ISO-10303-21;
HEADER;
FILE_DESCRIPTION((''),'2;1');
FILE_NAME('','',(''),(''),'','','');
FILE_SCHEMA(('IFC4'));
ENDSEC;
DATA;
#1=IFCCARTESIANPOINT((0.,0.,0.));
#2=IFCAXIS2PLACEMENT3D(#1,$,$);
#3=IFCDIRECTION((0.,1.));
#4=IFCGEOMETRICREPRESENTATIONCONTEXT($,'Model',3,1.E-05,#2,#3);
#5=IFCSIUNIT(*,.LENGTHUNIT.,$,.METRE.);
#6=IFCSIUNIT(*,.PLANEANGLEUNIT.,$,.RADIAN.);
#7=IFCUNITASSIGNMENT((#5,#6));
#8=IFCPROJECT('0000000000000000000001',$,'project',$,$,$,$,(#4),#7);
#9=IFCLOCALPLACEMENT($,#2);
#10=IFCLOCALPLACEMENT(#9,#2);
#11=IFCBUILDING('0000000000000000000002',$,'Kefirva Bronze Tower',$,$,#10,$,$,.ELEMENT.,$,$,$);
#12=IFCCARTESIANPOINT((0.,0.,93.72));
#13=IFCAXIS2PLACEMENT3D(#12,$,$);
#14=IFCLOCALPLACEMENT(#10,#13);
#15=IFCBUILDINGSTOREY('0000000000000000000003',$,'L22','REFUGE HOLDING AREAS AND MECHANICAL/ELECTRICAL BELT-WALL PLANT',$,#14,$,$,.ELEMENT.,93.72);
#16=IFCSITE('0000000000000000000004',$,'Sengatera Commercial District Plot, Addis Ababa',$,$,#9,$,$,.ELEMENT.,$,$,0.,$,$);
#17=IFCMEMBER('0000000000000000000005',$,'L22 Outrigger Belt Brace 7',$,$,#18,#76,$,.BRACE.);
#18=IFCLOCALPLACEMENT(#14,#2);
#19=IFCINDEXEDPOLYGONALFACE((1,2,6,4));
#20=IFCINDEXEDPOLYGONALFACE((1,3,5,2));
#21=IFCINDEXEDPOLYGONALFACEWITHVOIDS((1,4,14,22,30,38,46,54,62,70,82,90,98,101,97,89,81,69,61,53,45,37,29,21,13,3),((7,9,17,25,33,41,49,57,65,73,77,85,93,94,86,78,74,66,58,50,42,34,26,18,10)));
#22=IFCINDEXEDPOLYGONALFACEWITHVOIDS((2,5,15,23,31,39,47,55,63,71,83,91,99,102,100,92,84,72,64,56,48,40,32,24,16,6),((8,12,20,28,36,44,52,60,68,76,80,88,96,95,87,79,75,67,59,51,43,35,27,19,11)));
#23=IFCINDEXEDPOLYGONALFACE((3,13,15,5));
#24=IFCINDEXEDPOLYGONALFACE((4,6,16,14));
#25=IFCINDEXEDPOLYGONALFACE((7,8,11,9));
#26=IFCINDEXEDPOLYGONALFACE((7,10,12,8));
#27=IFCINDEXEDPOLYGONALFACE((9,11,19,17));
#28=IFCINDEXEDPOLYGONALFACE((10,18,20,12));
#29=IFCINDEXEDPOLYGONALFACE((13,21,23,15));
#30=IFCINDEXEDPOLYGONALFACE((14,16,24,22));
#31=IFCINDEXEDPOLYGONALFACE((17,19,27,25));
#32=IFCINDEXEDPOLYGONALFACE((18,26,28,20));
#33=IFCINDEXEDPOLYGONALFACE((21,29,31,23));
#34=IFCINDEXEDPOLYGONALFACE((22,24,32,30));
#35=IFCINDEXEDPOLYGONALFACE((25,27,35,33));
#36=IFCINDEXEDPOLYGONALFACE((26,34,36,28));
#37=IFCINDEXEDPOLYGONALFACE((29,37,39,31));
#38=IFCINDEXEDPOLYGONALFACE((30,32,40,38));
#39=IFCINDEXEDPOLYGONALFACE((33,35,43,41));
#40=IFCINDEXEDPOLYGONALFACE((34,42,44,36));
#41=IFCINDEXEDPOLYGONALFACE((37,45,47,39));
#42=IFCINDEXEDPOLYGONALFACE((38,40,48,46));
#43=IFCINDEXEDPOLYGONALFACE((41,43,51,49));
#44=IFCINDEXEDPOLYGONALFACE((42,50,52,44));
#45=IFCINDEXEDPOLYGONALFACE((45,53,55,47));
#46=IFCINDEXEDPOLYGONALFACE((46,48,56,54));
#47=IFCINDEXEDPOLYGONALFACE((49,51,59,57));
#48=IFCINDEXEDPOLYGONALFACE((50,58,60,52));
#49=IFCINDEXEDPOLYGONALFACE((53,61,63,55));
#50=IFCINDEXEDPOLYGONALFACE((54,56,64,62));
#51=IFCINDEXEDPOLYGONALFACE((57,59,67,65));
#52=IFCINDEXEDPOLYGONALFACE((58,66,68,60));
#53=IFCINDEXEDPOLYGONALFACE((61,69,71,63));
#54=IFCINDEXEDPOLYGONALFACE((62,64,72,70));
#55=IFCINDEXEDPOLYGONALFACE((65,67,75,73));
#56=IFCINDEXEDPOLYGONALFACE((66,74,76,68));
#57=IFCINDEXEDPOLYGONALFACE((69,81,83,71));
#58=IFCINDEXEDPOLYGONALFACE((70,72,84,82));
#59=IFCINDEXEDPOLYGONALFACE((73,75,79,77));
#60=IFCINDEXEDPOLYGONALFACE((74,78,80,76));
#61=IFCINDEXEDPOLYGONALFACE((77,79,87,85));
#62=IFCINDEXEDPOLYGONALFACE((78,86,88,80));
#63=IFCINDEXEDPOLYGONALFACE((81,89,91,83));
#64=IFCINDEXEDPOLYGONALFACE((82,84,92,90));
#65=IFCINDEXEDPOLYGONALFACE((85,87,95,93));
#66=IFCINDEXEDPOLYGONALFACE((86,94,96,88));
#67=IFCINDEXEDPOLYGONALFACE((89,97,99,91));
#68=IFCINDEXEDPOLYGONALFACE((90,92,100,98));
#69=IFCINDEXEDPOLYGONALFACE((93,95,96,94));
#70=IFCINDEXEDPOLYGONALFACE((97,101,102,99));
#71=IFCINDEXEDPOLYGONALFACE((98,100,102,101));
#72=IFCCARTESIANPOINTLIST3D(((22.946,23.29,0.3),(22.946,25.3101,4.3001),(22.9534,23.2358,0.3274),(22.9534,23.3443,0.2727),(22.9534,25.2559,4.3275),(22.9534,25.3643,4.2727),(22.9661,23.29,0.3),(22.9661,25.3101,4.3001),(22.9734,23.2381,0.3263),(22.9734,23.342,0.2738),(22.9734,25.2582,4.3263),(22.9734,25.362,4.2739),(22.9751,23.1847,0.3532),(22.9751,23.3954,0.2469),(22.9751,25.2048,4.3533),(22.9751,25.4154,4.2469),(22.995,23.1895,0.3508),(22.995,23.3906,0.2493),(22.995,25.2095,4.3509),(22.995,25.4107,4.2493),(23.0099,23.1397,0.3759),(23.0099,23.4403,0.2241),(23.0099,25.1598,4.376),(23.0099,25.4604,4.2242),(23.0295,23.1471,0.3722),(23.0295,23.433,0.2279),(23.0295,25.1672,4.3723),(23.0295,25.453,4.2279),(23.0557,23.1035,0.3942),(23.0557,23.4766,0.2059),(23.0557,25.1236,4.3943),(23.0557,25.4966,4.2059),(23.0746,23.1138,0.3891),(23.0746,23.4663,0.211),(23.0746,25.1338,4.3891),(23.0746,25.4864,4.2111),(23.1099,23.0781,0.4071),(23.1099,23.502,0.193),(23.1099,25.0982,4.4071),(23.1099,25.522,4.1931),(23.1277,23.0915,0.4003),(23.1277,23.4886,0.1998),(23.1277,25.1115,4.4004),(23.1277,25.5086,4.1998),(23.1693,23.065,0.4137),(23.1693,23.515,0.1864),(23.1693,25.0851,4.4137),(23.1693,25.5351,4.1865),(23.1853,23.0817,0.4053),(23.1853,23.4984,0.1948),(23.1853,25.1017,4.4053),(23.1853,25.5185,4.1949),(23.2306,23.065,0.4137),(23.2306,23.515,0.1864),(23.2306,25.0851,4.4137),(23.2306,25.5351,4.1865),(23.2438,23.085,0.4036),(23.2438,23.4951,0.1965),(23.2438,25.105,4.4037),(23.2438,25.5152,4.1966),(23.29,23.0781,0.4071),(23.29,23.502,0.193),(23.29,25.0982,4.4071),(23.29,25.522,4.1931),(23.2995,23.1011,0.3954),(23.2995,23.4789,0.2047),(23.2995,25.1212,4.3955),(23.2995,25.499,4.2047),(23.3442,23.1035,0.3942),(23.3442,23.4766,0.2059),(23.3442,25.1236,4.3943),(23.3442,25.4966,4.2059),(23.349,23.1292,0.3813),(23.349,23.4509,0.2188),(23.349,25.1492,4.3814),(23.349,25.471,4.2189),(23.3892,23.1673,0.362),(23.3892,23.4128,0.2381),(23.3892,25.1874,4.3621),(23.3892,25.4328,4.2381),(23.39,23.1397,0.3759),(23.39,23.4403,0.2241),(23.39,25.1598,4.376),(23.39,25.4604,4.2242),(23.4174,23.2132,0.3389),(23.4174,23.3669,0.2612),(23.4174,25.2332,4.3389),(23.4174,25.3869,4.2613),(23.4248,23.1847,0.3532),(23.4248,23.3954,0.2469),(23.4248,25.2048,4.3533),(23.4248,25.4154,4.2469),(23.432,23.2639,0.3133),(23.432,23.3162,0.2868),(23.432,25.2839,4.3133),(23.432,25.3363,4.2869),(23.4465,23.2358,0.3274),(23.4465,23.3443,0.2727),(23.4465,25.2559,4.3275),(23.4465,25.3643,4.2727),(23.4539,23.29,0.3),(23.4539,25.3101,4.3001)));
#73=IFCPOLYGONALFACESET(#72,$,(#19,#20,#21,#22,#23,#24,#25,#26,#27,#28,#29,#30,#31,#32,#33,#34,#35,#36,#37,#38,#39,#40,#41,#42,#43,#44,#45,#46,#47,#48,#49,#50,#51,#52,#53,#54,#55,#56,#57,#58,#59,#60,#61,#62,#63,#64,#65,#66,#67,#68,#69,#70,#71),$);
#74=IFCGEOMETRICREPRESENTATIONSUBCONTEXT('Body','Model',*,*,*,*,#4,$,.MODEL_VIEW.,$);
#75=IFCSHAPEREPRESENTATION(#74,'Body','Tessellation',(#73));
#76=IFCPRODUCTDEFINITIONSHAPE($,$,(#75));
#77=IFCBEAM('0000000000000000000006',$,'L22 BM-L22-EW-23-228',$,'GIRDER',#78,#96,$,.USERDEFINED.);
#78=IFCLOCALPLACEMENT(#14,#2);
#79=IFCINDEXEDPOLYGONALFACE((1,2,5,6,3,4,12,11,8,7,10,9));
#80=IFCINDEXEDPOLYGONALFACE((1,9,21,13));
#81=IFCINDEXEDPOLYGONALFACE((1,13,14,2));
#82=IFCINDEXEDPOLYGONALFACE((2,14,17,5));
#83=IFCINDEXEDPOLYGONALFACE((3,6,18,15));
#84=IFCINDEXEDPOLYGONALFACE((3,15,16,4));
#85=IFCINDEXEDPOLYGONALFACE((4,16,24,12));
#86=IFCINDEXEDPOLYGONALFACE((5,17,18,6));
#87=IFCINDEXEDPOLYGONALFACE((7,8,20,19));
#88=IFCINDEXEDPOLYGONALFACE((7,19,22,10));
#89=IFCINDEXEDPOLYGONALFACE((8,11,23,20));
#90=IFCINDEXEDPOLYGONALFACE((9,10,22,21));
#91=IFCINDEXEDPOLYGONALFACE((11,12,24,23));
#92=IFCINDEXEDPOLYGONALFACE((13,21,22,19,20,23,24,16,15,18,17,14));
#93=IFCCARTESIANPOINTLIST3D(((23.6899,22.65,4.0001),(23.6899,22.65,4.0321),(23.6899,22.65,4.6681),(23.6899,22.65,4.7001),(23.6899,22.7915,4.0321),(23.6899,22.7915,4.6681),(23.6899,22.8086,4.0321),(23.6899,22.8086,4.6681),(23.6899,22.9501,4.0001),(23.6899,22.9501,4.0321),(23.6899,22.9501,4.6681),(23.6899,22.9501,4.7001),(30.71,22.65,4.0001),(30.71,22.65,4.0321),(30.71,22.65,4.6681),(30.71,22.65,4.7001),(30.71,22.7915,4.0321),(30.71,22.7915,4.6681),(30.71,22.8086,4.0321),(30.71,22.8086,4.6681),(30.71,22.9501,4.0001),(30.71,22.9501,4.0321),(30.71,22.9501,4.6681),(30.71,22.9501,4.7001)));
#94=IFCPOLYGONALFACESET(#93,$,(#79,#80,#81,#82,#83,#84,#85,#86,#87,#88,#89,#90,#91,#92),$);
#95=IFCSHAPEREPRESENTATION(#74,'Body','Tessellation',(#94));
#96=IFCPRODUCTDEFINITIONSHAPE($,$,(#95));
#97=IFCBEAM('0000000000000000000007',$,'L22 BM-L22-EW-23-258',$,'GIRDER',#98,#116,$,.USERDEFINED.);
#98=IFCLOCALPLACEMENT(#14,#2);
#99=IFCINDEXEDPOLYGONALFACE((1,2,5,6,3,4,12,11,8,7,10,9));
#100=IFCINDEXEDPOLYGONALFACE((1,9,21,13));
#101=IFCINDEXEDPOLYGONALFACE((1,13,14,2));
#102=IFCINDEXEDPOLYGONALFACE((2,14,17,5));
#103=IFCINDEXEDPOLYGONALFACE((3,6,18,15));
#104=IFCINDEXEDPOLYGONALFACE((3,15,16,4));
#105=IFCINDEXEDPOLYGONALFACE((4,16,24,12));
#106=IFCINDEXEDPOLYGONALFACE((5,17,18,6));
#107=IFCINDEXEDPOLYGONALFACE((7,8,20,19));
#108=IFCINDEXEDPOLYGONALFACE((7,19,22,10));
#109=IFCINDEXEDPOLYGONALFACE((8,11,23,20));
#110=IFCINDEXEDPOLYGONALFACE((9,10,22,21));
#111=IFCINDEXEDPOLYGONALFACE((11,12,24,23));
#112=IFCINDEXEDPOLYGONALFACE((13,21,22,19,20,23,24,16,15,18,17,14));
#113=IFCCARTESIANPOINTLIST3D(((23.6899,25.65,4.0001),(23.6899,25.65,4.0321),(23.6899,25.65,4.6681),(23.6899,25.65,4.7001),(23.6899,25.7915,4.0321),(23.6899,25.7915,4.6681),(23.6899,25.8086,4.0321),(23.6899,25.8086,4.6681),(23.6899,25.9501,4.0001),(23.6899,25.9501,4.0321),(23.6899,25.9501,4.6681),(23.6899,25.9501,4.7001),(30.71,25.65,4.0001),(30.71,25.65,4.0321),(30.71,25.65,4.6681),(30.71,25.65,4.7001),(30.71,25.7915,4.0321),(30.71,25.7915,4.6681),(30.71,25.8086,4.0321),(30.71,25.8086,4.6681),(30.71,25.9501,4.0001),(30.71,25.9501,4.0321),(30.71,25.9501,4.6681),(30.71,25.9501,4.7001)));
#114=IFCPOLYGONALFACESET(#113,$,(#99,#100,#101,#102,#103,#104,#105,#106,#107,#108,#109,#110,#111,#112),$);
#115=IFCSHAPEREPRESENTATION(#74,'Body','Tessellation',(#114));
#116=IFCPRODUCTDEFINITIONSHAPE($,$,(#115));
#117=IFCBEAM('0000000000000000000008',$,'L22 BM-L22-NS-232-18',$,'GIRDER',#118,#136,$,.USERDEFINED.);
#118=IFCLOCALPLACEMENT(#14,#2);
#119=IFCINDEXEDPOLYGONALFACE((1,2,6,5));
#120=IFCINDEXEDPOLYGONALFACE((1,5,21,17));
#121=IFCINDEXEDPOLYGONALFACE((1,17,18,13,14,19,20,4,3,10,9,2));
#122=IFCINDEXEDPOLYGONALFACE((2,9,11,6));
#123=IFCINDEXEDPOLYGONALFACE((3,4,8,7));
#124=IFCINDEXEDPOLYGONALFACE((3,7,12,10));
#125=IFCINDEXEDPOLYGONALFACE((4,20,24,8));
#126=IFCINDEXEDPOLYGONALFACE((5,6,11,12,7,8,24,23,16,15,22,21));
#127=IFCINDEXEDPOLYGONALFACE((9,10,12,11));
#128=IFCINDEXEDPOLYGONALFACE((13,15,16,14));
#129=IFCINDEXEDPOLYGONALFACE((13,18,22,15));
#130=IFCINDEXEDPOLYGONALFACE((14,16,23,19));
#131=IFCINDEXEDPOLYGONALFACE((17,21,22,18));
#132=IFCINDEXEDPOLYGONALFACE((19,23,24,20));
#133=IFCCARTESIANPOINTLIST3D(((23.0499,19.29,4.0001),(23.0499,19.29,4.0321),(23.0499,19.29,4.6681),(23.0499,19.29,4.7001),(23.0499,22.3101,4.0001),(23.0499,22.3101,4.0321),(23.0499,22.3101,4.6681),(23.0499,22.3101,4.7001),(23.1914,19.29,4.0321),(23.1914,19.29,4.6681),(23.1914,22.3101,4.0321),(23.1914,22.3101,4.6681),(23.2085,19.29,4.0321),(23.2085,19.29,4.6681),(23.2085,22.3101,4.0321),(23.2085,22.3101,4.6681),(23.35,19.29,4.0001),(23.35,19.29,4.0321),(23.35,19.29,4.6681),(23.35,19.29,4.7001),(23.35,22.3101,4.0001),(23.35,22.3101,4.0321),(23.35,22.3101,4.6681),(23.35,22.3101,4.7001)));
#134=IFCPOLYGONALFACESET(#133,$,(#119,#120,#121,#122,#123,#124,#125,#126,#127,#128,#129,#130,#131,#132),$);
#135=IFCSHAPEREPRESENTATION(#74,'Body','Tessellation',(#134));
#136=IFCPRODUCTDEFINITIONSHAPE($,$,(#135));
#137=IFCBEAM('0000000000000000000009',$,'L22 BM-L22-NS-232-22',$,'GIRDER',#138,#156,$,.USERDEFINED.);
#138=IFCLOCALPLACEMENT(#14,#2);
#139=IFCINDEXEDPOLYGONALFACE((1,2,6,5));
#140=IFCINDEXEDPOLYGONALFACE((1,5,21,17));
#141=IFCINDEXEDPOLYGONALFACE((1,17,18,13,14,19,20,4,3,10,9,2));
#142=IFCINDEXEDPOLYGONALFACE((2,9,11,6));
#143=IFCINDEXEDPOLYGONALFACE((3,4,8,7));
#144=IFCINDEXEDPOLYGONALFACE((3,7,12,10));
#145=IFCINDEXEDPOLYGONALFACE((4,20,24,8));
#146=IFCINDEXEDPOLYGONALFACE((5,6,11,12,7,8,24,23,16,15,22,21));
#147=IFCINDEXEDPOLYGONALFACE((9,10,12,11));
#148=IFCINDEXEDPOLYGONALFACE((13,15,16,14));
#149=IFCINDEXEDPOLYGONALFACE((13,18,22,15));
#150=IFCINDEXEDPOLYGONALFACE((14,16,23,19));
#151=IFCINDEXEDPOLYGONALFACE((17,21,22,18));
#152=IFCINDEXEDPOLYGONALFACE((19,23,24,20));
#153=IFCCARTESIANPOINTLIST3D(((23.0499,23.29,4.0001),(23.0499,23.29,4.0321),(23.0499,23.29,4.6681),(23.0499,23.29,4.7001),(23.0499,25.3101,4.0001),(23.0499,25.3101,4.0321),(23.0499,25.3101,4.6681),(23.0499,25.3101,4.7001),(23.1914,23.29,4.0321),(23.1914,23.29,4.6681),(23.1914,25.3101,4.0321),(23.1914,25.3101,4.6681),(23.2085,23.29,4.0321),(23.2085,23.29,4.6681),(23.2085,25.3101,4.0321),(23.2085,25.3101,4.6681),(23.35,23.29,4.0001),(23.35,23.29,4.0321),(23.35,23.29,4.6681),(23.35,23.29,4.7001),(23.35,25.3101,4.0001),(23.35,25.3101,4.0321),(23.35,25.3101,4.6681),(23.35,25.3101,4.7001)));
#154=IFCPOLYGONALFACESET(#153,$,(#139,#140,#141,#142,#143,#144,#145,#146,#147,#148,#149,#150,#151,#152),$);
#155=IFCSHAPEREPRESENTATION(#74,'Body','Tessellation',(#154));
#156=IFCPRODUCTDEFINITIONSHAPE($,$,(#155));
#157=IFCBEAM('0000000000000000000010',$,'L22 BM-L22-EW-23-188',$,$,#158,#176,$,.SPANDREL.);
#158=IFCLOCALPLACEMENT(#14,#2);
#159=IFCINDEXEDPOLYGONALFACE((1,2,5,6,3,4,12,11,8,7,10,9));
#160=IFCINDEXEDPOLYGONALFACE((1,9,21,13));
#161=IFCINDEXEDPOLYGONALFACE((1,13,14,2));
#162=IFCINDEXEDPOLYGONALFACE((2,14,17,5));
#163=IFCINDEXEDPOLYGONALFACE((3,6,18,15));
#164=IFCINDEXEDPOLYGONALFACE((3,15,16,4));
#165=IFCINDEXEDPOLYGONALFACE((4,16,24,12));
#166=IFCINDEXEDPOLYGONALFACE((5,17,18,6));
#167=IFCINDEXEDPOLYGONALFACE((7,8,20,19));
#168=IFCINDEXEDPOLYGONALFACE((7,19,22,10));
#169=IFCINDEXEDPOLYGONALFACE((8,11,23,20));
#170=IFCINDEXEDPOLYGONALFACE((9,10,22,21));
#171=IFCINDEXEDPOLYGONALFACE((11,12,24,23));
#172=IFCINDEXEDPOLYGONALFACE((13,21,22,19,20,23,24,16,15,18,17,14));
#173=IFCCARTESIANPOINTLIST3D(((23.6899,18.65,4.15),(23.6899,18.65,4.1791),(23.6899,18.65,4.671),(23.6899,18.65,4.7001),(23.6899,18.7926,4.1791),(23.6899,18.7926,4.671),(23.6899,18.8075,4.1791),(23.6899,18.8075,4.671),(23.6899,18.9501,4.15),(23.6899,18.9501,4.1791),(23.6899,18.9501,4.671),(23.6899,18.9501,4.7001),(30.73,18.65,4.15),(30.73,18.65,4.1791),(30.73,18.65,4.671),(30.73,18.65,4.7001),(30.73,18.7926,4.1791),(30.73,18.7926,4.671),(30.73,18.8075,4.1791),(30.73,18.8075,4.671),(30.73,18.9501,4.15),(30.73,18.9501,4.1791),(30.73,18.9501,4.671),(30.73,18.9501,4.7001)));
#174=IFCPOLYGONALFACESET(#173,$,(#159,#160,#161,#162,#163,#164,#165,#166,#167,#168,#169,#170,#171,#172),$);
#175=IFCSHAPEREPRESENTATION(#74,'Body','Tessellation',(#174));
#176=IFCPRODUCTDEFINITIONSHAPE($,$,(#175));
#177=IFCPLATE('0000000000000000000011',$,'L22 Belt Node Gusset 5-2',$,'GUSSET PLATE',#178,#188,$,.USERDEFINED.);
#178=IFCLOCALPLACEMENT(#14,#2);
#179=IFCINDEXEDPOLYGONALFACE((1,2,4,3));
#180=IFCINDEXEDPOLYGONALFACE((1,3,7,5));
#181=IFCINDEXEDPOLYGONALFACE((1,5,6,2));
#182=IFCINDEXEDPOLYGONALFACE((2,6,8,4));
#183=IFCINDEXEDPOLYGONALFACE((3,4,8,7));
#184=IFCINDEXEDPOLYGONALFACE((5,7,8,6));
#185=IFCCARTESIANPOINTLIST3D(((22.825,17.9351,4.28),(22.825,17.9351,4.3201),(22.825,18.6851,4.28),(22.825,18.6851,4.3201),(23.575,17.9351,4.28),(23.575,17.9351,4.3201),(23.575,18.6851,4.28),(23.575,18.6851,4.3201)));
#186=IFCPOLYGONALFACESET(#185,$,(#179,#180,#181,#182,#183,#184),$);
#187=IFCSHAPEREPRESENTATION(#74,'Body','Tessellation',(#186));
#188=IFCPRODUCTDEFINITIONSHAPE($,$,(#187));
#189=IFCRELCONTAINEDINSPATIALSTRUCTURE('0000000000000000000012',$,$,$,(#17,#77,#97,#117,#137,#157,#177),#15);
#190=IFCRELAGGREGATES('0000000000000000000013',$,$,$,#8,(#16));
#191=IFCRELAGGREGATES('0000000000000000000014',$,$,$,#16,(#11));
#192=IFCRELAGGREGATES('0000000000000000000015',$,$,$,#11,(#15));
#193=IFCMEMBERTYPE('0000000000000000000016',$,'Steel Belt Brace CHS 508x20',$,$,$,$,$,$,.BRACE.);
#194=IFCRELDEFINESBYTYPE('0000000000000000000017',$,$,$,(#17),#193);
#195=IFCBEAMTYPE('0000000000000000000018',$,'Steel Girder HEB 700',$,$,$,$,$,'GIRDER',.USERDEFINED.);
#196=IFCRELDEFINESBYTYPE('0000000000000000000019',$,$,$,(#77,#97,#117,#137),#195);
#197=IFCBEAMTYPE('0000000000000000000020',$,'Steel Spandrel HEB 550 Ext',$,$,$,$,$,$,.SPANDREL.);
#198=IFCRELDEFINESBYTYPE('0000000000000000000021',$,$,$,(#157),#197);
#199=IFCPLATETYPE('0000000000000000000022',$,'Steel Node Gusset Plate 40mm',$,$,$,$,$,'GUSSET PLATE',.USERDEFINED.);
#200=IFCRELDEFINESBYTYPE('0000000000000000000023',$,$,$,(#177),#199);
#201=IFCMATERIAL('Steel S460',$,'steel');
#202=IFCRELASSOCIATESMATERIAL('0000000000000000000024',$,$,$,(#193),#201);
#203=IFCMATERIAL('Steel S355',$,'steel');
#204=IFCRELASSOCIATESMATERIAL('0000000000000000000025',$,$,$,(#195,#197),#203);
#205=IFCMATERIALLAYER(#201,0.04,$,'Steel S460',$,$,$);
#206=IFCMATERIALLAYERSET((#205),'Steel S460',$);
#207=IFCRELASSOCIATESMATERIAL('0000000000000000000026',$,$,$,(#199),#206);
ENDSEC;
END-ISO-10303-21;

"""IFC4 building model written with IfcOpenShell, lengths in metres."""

from ifc_helpers import new_model, si_unit, direction, frame, origin, origin_2d, place, context, subcontext, project, spatial, rectangle, hollow_circle, i_section, extrude, material, layer, layer_set, material_profile, profile_set, type_object, element, save


model = new_model("IFC4")

# Units and contexts
model_context = context("Model", 3, precision=1e-05, world=origin(), true_north=direction((0.0, 1.0)))
body_context = subcontext(model_context, "Body", "Model", "MODEL_VIEW")
ifc_project = project(units=[si_unit("LENGTHUNIT", "METRE"), si_unit("PLANEANGLEUNIT", "RADIAN")], contexts=[model_context])

# Site, building, storey
site_placement = place(None, origin())
site = spatial("IfcSite", under=ifc_project, at=site_placement, Name="Sengatera Commercial District Plot, Addis Ababa", CompositionType="ELEMENT", RefElevation=0.0)
building_placement = place(site_placement, origin())
building = spatial("IfcBuilding", under=site, at=building_placement, Name="Kefirva Bronze Tower", CompositionType="ELEMENT")
storey_placement = place(building_placement, frame((0.0, 0.0, 93.72)))
storey = spatial("IfcBuildingStorey", under=building, at=storey_placement, Name="L22", Description="REFUGE HOLDING AREAS AND MECHANICAL/ELECTRICAL BELT-WALL PLANT", CompositionType="ELEMENT", Elevation=93.72)

# Member
ifc_material_1 = material(Name="Steel S460", Category="steel")
ifc_material_profile_1 = material_profile(ifc_material_1, hollow_circle(Radius=0.2539, WallThickness=0.02, at=origin_2d()), Name="CHS 508x20")
ifc_profile_set_1 = profile_set([ifc_material_profile_1], Name="Steel S460")
member_type_1 = type_object("IfcMemberType", Name="Steel Belt Brace CHS 508x20", PredefinedType="BRACE", material=ifc_profile_set_1)
member_1_placement = place(storey_placement, frame((23.2, 23.29, 0.3), z_axis=(0.0, 0.450784, 0.892633), x_axis=(-1.0, 0.0, 0.0)))
element("IfcMember", 1, at=member_1_placement, inside=storey, type_object=member_type_1, Name="L22 Outrigger Belt Brace 7", PredefinedType="BRACE", context=body_context, shape_type="SweptSolid", body=[
    extrude(hollow_circle(Radius=0.2539, WallThickness=0.02, at=origin_2d()), origin(), (0.0, 0.0, 1.0), 4.4812),
])

# Beams
ifc_material_2 = material(Name="Steel S355", Category="steel")
ifc_material_profile_2 = material_profile(ifc_material_2, i_section(OverallWidth=0.3, OverallDepth=0.7, WebThickness=0.0171, FlangeThickness=0.032, at=origin_2d()), Name="HEB 700")
ifc_profile_set_2 = profile_set([ifc_material_profile_2], Name="Steel S355")
beam_type_1 = type_object("IfcBeamType", Name="Steel Girder HEB 700", ElementType="GIRDER", PredefinedType="USERDEFINED", material=ifc_profile_set_2)
for number, where, z_axis, x_axis, name in (
    (2, (23.6899, 22.8, 4.3501), (1.0, 0.0, 0.0), (0.0, 1.0, 0.0), "L22 BM-L22-EW-23-228"),
    (3, (23.6899, 25.8, 4.3501), (1.0, 0.0, 0.0), (0.0, 1.0, 0.0), "L22 BM-L22-EW-23-258"),
):
    element("IfcBeam", number, at=place(storey_placement, frame(where, z_axis=z_axis, x_axis=x_axis)), inside=storey, type_object=beam_type_1, Name=name, ObjectType="GIRDER", PredefinedType="USERDEFINED", context=body_context, shape_type="SweptSolid", body=[
        extrude(i_section(OverallWidth=0.3, OverallDepth=0.7, WebThickness=0.0171, FlangeThickness=0.032, at=origin_2d()), origin(), (0.0, 0.0, 1.0), 7.02),
    ])
beam_1_placement = place(storey_placement, frame((23.2, 19.29, 4.3501), z_axis=(0.0, 1.0, 0.0), x_axis=(-1.0, 0.0, 0.0)))
element("IfcBeam", 4, at=beam_1_placement, inside=storey, type_object=beam_type_1, Name="L22 BM-L22-NS-232-18", ObjectType="GIRDER", PredefinedType="USERDEFINED", context=body_context, shape_type="SweptSolid", body=[
    extrude(i_section(OverallWidth=0.3, OverallDepth=0.7, WebThickness=0.0171, FlangeThickness=0.032, at=origin_2d()), origin(), (0.0, 0.0, 1.0), 3.02),
])
beam_2_placement = place(storey_placement, frame((23.2, 23.29, 4.3501), z_axis=(0.0, 1.0, 0.0), x_axis=(-1.0, 0.0, 0.0)))
element("IfcBeam", 5, at=beam_2_placement, inside=storey, type_object=beam_type_1, Name="L22 BM-L22-NS-232-22", ObjectType="GIRDER", PredefinedType="USERDEFINED", context=body_context, shape_type="SweptSolid", body=[
    extrude(i_section(OverallWidth=0.3, OverallDepth=0.7, WebThickness=0.0171, FlangeThickness=0.032, at=origin_2d()), origin(), (0.0, 0.0, 1.0), 2.02),
])
ifc_material_profile_3 = material_profile(ifc_material_2, i_section(OverallWidth=0.3, OverallDepth=0.55, WebThickness=0.0149, FlangeThickness=0.0291, at=origin_2d()), Name="HEB 550")
ifc_profile_set_3 = profile_set([ifc_material_profile_3], Name="Steel S355")
beam_type_2 = type_object("IfcBeamType", Name="Steel Spandrel HEB 550 Ext", PredefinedType="SPANDREL", material=ifc_profile_set_3)
beam_3_placement = place(storey_placement, frame((23.6899, 18.8, 4.425), z_axis=(1.0, 0.0, 0.0), x_axis=(0.0, 1.0, 0.0)))
element("IfcBeam", 6, at=beam_3_placement, inside=storey, type_object=beam_type_2, Name="L22 BM-L22-EW-23-188", PredefinedType="SPANDREL", context=body_context, shape_type="SweptSolid", body=[
    extrude(i_section(OverallWidth=0.3, OverallDepth=0.55, WebThickness=0.0149, FlangeThickness=0.0291, at=origin_2d()), origin(), (0.0, 0.0, 1.0), 7.04),
])

# Plate
ifc_layer_1 = layer(ifc_material_1, 0.04, Name="Steel S460")
ifc_layer_set_1 = layer_set([ifc_layer_1], Name="Steel S460")
plate_type = type_object("IfcPlateType", Name="Steel Node Gusset Plate 40mm", ElementType="GUSSET PLATE", PredefinedType="USERDEFINED", material=ifc_layer_set_1)
for number, where, z_axis, x_axis, name in (
    (7, (23.2, 18.3101, 4.28), (0.0, 0.0, 1.0), (1.0, 0.0, 0.0), "L22 Belt Node Gusset 5-2"),
):
    element("IfcPlate", number, at=place(storey_placement, frame(where, z_axis=z_axis, x_axis=x_axis)), inside=storey, type_object=plate_type, Name=name, ObjectType="GUSSET PLATE", PredefinedType="USERDEFINED", context=body_context, shape_type="SweptSolid", body=[
        extrude(rectangle(XDim=0.75, YDim=0.75, at=origin_2d()), origin(), (0.0, 0.0, 1.0), 0.04),
    ])

save(model, "model.ifc")
